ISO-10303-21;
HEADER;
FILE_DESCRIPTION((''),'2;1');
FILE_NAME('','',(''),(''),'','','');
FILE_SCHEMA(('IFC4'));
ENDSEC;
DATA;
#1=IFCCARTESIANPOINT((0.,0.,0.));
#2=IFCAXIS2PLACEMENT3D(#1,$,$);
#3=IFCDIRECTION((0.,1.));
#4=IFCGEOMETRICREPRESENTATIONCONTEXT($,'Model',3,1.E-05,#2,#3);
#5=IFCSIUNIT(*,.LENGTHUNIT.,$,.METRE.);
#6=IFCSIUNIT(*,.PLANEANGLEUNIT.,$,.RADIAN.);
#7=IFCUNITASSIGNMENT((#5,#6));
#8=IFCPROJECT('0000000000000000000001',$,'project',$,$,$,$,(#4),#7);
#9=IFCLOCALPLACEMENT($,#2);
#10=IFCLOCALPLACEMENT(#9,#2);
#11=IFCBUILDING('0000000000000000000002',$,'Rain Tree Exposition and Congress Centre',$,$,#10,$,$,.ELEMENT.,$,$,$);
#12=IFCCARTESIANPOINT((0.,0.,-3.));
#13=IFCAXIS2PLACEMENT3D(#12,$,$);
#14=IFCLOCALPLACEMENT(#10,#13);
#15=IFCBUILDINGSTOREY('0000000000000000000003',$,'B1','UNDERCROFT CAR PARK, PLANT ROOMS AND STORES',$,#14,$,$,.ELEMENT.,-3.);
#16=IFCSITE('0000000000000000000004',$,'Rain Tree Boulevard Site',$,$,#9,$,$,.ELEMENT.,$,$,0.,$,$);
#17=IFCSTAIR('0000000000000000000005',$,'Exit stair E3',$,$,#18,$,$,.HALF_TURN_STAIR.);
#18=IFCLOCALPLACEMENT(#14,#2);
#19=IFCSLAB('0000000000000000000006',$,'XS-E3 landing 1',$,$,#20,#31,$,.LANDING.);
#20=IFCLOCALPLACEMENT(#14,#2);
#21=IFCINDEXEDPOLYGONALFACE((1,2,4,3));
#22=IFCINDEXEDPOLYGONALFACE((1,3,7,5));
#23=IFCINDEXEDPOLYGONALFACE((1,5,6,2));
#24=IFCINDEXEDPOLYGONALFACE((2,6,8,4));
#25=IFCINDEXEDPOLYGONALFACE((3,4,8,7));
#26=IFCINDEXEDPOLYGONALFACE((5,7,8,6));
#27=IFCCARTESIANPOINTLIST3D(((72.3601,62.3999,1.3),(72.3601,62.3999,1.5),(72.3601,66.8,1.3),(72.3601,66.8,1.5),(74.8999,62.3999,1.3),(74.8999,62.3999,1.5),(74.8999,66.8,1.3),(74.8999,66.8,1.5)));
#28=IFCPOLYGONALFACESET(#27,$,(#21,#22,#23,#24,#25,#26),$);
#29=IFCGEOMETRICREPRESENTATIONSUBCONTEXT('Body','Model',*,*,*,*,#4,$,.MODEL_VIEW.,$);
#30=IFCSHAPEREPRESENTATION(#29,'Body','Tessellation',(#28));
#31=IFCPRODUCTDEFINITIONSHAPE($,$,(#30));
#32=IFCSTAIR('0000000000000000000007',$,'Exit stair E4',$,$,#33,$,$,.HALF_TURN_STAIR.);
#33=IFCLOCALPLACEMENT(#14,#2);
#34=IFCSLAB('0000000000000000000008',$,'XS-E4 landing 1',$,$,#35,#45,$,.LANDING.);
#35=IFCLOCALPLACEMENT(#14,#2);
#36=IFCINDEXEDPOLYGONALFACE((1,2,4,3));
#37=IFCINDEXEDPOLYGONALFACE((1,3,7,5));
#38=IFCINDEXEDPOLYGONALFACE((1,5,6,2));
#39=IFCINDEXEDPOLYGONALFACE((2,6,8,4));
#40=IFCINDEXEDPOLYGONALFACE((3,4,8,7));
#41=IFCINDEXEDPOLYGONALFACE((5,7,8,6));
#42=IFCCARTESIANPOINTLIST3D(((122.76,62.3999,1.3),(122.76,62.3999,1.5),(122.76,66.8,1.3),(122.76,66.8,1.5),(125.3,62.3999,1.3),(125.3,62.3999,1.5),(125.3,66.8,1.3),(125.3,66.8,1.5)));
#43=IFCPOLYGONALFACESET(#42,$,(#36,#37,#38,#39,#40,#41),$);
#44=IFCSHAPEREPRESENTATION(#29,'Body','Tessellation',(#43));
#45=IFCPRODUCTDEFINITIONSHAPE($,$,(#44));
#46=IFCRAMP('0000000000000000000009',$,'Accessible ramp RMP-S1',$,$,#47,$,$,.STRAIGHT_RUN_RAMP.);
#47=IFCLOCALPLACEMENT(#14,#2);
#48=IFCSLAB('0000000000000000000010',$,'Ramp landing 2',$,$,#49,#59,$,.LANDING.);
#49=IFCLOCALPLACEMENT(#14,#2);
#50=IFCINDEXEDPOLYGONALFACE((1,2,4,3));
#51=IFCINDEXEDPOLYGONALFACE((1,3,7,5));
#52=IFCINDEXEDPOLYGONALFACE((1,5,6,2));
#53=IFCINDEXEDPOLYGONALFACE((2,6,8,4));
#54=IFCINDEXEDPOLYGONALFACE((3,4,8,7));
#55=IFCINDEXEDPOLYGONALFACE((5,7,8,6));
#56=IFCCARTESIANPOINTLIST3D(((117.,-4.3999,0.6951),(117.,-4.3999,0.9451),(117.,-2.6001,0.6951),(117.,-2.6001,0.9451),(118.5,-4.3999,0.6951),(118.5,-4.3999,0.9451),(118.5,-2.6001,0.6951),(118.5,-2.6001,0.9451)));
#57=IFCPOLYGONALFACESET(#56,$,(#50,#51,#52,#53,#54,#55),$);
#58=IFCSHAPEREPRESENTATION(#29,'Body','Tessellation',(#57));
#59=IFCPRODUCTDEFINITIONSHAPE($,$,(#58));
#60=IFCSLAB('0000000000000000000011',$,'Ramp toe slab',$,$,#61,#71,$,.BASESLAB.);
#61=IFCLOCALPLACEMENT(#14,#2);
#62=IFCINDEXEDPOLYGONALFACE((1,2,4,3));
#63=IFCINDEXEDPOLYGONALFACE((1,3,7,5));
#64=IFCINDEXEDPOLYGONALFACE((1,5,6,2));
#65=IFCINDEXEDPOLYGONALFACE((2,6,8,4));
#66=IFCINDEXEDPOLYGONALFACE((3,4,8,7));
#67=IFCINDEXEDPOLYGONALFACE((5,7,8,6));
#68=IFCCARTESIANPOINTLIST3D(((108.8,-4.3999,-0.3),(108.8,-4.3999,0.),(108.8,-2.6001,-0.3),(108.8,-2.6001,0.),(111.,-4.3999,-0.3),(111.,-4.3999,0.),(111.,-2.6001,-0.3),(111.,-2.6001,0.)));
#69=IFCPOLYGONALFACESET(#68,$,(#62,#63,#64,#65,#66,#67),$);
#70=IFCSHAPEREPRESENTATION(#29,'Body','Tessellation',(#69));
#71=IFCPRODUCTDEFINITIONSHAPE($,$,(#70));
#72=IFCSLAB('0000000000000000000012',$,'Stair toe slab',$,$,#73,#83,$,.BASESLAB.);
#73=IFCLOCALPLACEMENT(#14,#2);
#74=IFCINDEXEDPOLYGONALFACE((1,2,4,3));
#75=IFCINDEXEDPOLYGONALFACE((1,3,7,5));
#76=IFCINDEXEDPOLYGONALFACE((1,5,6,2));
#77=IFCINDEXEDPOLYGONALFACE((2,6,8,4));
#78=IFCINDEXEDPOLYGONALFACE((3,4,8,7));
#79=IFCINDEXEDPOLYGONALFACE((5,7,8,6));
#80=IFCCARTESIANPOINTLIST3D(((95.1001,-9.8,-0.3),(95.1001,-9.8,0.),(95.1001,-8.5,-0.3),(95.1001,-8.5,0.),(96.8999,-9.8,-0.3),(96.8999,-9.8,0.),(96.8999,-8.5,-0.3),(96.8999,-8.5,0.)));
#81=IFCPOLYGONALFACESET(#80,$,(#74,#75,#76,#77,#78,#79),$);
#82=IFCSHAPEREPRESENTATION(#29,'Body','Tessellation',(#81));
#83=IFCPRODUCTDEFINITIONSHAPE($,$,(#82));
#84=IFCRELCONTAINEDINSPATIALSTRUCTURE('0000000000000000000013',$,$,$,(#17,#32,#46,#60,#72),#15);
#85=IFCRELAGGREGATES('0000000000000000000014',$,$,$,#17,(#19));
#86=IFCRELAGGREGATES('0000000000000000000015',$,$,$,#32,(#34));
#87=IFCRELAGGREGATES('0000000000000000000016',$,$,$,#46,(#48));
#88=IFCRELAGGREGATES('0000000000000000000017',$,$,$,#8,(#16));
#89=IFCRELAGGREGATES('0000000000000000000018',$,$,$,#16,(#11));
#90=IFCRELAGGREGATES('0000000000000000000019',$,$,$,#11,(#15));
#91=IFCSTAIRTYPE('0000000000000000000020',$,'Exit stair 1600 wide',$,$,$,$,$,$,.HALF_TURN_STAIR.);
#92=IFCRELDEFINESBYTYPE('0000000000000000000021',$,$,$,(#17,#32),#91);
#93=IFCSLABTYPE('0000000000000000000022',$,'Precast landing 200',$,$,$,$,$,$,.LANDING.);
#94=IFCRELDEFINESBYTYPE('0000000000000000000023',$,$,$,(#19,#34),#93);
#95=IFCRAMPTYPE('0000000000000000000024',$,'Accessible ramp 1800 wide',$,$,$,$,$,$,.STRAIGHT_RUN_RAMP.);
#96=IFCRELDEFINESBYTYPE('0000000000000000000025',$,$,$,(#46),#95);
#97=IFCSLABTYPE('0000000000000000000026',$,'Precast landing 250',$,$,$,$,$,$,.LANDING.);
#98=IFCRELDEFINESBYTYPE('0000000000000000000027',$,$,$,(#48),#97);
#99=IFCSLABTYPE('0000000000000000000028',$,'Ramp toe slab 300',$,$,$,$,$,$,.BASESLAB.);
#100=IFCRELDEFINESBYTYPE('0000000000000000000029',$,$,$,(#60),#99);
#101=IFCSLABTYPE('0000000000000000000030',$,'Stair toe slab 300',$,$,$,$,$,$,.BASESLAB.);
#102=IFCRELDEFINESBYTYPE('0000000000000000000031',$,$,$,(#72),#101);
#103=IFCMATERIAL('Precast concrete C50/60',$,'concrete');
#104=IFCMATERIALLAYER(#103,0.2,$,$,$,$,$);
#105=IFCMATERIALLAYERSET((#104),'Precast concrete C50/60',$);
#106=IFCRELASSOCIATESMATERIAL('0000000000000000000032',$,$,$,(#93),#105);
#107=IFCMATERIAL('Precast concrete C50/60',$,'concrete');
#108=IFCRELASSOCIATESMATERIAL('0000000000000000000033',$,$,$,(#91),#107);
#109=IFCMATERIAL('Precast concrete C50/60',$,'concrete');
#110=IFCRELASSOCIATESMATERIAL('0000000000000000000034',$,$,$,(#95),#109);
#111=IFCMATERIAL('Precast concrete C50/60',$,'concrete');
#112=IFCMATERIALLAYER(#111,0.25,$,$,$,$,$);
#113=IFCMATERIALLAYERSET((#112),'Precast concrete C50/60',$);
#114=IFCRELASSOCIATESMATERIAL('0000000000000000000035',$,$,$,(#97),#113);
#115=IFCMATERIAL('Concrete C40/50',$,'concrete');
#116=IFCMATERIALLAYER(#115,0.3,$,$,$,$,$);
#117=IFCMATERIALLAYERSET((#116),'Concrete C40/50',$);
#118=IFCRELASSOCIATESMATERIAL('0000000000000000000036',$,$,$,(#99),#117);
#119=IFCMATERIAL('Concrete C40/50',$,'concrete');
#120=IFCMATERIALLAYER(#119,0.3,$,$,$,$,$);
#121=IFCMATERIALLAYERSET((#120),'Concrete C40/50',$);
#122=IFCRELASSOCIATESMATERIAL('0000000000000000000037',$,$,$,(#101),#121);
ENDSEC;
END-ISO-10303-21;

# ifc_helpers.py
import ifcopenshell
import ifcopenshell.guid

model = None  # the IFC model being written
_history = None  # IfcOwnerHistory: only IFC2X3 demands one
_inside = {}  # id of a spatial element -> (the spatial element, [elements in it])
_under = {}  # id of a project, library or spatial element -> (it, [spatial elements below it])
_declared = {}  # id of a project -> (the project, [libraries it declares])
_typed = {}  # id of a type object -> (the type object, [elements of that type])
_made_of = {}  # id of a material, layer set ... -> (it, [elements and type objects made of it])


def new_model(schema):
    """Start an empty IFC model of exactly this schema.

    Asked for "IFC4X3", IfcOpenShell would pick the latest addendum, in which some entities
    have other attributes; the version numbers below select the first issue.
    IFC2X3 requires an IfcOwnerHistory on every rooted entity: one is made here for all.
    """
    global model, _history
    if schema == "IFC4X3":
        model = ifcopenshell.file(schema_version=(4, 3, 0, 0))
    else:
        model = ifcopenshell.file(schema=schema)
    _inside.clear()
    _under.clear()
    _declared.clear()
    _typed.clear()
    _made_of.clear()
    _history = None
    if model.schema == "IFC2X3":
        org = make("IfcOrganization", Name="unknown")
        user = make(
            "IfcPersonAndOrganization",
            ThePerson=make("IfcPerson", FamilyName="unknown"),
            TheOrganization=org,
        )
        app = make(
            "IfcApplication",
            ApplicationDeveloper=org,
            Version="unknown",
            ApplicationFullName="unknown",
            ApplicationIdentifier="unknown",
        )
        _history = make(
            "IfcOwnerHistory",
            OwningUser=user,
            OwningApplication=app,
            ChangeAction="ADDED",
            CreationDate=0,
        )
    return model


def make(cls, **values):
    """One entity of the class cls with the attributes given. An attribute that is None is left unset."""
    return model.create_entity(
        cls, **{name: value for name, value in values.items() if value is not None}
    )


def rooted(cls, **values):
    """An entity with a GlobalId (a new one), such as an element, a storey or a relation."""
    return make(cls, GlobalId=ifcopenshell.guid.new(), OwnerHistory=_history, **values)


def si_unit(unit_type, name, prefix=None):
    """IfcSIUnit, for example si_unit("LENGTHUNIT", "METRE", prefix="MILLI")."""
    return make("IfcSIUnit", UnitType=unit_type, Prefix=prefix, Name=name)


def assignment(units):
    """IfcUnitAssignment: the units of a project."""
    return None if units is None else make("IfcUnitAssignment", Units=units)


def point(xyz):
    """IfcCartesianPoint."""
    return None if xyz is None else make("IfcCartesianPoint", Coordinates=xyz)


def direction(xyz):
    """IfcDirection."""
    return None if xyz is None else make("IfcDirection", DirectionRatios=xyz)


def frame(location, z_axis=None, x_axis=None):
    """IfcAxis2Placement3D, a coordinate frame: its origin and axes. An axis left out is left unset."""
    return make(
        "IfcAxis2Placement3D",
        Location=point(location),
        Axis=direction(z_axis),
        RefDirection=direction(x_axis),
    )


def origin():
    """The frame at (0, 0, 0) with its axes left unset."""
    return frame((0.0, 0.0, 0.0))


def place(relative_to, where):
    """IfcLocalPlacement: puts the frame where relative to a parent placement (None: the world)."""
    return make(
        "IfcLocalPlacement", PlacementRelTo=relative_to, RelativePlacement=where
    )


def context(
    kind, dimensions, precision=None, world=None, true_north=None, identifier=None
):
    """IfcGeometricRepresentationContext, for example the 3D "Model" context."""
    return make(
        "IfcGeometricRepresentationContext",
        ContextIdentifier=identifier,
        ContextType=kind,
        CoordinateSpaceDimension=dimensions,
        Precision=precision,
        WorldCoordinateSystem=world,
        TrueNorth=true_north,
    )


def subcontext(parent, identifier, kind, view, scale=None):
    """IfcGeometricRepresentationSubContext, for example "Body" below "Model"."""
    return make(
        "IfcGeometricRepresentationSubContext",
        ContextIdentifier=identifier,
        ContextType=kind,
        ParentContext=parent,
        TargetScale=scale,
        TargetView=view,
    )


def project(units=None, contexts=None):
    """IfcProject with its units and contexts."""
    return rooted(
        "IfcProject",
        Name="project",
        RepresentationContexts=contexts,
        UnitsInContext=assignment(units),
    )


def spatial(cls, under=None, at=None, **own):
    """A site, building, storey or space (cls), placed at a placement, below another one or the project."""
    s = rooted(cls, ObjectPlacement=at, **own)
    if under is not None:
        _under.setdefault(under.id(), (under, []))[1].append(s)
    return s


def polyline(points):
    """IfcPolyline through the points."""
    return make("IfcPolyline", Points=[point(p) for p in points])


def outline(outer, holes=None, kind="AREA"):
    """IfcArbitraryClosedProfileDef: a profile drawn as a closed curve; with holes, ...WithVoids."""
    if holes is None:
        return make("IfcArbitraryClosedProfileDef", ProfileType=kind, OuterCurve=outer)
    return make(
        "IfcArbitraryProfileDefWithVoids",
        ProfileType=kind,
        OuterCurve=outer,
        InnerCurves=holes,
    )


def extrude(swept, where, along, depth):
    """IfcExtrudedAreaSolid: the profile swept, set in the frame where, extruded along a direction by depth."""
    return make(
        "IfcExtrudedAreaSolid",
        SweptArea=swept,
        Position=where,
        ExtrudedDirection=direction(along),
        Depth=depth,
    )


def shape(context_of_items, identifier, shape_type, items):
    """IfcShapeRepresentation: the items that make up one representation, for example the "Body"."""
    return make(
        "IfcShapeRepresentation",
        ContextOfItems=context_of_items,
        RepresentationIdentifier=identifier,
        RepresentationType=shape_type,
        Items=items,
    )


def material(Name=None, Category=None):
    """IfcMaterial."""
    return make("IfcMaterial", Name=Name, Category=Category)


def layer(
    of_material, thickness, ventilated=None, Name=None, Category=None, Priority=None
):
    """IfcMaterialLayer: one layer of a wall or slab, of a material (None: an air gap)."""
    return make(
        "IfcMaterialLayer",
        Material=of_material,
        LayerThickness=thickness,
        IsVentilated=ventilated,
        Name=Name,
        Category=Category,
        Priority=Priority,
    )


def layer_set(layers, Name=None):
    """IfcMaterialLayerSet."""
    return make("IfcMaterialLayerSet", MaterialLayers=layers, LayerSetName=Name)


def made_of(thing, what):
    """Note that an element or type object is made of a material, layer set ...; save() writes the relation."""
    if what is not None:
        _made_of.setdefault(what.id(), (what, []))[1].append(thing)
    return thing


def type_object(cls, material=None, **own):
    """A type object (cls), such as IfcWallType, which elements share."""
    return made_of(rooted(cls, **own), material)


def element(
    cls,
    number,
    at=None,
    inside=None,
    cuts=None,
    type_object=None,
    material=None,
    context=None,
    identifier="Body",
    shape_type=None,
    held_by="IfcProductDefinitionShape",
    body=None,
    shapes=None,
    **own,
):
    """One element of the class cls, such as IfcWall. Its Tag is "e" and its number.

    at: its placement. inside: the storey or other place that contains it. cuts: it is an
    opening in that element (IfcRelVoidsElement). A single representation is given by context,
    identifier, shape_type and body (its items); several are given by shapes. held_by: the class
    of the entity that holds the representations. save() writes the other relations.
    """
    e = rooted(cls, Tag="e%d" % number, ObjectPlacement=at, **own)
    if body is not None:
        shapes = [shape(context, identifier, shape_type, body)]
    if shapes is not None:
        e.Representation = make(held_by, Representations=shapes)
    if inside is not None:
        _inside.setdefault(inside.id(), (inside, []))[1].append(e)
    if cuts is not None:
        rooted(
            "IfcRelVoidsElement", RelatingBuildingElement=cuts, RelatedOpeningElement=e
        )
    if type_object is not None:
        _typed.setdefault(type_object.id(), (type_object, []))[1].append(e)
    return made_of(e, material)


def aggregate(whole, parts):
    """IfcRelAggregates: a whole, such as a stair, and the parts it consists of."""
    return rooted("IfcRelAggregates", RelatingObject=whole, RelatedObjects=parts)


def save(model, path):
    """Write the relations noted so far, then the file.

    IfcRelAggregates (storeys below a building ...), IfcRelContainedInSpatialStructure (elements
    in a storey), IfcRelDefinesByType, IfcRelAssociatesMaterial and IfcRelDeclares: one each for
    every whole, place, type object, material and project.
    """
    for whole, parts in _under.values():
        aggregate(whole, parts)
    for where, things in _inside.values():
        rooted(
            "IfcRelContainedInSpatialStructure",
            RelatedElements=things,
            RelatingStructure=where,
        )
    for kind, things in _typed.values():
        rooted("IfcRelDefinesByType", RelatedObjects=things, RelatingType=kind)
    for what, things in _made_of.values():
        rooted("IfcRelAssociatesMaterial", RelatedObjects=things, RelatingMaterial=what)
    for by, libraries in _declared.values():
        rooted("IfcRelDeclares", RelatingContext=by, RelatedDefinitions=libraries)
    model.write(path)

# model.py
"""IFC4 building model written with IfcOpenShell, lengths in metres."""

from ifc_helpers import new_model, si_unit, direction, frame, origin, place, context, subcontext, project, spatial, polyline, outline, extrude, material, layer, layer_set, type_object, element, aggregate, save


model = new_model("IFC4")

# Units and contexts
model_context = context("Model", 3, precision=1e-05, world=origin(), true_north=direction((0.0, 1.0)))
body_context = subcontext(model_context, "Body", "Model", "MODEL_VIEW")
ifc_project = project(units=[si_unit("LENGTHUNIT", "METRE"), si_unit("PLANEANGLEUNIT", "RADIAN")], contexts=[model_context])

# Site, building, storey
site_placement = place(None, origin())
site = spatial("IfcSite", under=ifc_project, at=site_placement, Name="Rain Tree Boulevard Site", CompositionType="ELEMENT", RefElevation=0.0)
building_placement = place(site_placement, origin())
building = spatial("IfcBuilding", under=site, at=building_placement, Name="Rain Tree Exposition and Congress Centre", CompositionType="ELEMENT")
storey_placement = place(building_placement, frame((0.0, 0.0, -3.0)))
storey = spatial("IfcBuildingStorey", under=building, at=storey_placement, Name="B1", Description="UNDERCROFT CAR PARK, PLANT ROOMS AND STORES", CompositionType="ELEMENT", Elevation=-3.0)

# Stairs, slabs
ifc_material_1 = material(Name="Precast concrete C50/60", Category="concrete")
ifc_layer_1 = layer(ifc_material_1, 0.2)
ifc_layer_set_1 = layer_set([ifc_layer_1], Name="Precast concrete C50/60")
slab_type_1 = type_object("IfcSlabType", Name="Precast landing 200", PredefinedType="LANDING", material=ifc_layer_set_1)
ifc_material_2 = material(Name="Precast concrete C50/60", Category="concrete")
stair_type_1 = type_object("IfcStairType", Name="Exit stair 1600 wide", PredefinedType="HALF_TURN_STAIR", material=ifc_material_2)
stair_1_placement = place(storey_placement, origin())
stair_1 = element("IfcStair", 1, at=stair_1_placement, inside=storey, type_object=stair_type_1, Name="Exit stair E3", PredefinedType="HALF_TURN_STAIR")
slab_1_placement = place(storey_placement, frame((0.0, 0.0, 1.3)))
slab_1 = element("IfcSlab", 2, at=slab_1_placement, type_object=slab_type_1, Name="XS-E3 landing 1", PredefinedType="LANDING", context=body_context, shape_type="SweptSolid", body=[
    extrude(outline(polyline([(72.3601, 62.3999), (74.8999, 62.3999), (74.8999, 66.8), (72.3601, 66.8), (72.3601, 62.3999)])), origin(), (0.0, 0.0, 1.0), 0.2),
])
aggregate(stair_1, [slab_1])
stair_2_placement = place(storey_placement, origin())
stair_2 = element("IfcStair", 3, at=stair_2_placement, inside=storey, type_object=stair_type_1, Name="Exit stair E4", PredefinedType="HALF_TURN_STAIR")
slab_2_placement = place(storey_placement, frame((0.0, 0.0, 1.3)))
slab_2 = element("IfcSlab", 4, at=slab_2_placement, type_object=slab_type_1, Name="XS-E4 landing 1", PredefinedType="LANDING", context=body_context, shape_type="SweptSolid", body=[
    extrude(outline(polyline([(122.76, 62.3999), (125.3, 62.3999), (125.3, 66.8), (122.76, 66.8), (122.76, 62.3999)])), origin(), (0.0, 0.0, 1.0), 0.2),
])
aggregate(stair_2, [slab_2])

# Ramp, slab
ifc_material_3 = material(Name="Precast concrete C50/60", Category="concrete")
ramp_type = type_object("IfcRampType", Name="Accessible ramp 1800 wide", PredefinedType="STRAIGHT_RUN_RAMP", material=ifc_material_3)
ramp_placement = place(storey_placement, origin())
ramp = element("IfcRamp", 5, at=ramp_placement, inside=storey, type_object=ramp_type, Name="Accessible ramp RMP-S1", PredefinedType="STRAIGHT_RUN_RAMP")
ifc_material_4 = material(Name="Precast concrete C50/60", Category="concrete")
ifc_layer_2 = layer(ifc_material_4, 0.25)
ifc_layer_set_2 = layer_set([ifc_layer_2], Name="Precast concrete C50/60")
slab_type_2 = type_object("IfcSlabType", Name="Precast landing 250", PredefinedType="LANDING", material=ifc_layer_set_2)
slab_3_placement = place(storey_placement, frame((0.0, 0.0, 0.6951)))
slab_3 = element("IfcSlab", 6, at=slab_3_placement, type_object=slab_type_2, Name="Ramp landing 2", PredefinedType="LANDING", context=body_context, shape_type="SweptSolid", body=[
    extrude(outline(polyline([(117.0, -4.3999), (118.5, -4.3999), (118.5, -2.6001), (117.0, -2.6001), (117.0, -4.3999)])), origin(), (0.0, 0.0, 1.0), 0.25),
])
aggregate(ramp, [slab_3])

# Slabs
ifc_material_5 = material(Name="Concrete C40/50", Category="concrete")
ifc_layer_3 = layer(ifc_material_5, 0.3)
ifc_layer_set_3 = layer_set([ifc_layer_3], Name="Concrete C40/50")
slab_type_3 = type_object("IfcSlabType", Name="Ramp toe slab 300", PredefinedType="BASESLAB", material=ifc_layer_set_3)
slab_4_placement = place(storey_placement, frame((0.0, 0.0, -0.3)))
element("IfcSlab", 7, at=slab_4_placement, inside=storey, type_object=slab_type_3, Name="Ramp toe slab", PredefinedType="BASESLAB", context=body_context, shape_type="SweptSolid", body=[
    extrude(outline(polyline([(111.0, -2.6001), (108.8, -2.6001), (108.8, -4.3999), (111.0, -4.3999), (111.0, -2.6001)])), origin(), (0.0, 0.0, 1.0), 0.3),
])
ifc_material_6 = material(Name="Concrete C40/50", Category="concrete")
ifc_layer_4 = layer(ifc_material_6, 0.3)
ifc_layer_set_4 = layer_set([ifc_layer_4], Name="Concrete C40/50")
slab_type_4 = type_object("IfcSlabType", Name="Stair toe slab 300", PredefinedType="BASESLAB", material=ifc_layer_set_4)
slab_5_placement = place(storey_placement, frame((0.0, 0.0, -0.3)))
element("IfcSlab", 8, at=slab_5_placement, inside=storey, type_object=slab_type_4, Name="Stair toe slab", PredefinedType="BASESLAB", context=body_context, shape_type="SweptSolid", body=[
    extrude(outline(polyline([(96.8999, -9.8), (96.8999, -8.5), (95.1001, -8.5), (95.1001, -9.8), (96.8999, -9.8)])), origin(), (0.0, 0.0, 1.0), 0.3),
])

save(model, "model.ifc")
